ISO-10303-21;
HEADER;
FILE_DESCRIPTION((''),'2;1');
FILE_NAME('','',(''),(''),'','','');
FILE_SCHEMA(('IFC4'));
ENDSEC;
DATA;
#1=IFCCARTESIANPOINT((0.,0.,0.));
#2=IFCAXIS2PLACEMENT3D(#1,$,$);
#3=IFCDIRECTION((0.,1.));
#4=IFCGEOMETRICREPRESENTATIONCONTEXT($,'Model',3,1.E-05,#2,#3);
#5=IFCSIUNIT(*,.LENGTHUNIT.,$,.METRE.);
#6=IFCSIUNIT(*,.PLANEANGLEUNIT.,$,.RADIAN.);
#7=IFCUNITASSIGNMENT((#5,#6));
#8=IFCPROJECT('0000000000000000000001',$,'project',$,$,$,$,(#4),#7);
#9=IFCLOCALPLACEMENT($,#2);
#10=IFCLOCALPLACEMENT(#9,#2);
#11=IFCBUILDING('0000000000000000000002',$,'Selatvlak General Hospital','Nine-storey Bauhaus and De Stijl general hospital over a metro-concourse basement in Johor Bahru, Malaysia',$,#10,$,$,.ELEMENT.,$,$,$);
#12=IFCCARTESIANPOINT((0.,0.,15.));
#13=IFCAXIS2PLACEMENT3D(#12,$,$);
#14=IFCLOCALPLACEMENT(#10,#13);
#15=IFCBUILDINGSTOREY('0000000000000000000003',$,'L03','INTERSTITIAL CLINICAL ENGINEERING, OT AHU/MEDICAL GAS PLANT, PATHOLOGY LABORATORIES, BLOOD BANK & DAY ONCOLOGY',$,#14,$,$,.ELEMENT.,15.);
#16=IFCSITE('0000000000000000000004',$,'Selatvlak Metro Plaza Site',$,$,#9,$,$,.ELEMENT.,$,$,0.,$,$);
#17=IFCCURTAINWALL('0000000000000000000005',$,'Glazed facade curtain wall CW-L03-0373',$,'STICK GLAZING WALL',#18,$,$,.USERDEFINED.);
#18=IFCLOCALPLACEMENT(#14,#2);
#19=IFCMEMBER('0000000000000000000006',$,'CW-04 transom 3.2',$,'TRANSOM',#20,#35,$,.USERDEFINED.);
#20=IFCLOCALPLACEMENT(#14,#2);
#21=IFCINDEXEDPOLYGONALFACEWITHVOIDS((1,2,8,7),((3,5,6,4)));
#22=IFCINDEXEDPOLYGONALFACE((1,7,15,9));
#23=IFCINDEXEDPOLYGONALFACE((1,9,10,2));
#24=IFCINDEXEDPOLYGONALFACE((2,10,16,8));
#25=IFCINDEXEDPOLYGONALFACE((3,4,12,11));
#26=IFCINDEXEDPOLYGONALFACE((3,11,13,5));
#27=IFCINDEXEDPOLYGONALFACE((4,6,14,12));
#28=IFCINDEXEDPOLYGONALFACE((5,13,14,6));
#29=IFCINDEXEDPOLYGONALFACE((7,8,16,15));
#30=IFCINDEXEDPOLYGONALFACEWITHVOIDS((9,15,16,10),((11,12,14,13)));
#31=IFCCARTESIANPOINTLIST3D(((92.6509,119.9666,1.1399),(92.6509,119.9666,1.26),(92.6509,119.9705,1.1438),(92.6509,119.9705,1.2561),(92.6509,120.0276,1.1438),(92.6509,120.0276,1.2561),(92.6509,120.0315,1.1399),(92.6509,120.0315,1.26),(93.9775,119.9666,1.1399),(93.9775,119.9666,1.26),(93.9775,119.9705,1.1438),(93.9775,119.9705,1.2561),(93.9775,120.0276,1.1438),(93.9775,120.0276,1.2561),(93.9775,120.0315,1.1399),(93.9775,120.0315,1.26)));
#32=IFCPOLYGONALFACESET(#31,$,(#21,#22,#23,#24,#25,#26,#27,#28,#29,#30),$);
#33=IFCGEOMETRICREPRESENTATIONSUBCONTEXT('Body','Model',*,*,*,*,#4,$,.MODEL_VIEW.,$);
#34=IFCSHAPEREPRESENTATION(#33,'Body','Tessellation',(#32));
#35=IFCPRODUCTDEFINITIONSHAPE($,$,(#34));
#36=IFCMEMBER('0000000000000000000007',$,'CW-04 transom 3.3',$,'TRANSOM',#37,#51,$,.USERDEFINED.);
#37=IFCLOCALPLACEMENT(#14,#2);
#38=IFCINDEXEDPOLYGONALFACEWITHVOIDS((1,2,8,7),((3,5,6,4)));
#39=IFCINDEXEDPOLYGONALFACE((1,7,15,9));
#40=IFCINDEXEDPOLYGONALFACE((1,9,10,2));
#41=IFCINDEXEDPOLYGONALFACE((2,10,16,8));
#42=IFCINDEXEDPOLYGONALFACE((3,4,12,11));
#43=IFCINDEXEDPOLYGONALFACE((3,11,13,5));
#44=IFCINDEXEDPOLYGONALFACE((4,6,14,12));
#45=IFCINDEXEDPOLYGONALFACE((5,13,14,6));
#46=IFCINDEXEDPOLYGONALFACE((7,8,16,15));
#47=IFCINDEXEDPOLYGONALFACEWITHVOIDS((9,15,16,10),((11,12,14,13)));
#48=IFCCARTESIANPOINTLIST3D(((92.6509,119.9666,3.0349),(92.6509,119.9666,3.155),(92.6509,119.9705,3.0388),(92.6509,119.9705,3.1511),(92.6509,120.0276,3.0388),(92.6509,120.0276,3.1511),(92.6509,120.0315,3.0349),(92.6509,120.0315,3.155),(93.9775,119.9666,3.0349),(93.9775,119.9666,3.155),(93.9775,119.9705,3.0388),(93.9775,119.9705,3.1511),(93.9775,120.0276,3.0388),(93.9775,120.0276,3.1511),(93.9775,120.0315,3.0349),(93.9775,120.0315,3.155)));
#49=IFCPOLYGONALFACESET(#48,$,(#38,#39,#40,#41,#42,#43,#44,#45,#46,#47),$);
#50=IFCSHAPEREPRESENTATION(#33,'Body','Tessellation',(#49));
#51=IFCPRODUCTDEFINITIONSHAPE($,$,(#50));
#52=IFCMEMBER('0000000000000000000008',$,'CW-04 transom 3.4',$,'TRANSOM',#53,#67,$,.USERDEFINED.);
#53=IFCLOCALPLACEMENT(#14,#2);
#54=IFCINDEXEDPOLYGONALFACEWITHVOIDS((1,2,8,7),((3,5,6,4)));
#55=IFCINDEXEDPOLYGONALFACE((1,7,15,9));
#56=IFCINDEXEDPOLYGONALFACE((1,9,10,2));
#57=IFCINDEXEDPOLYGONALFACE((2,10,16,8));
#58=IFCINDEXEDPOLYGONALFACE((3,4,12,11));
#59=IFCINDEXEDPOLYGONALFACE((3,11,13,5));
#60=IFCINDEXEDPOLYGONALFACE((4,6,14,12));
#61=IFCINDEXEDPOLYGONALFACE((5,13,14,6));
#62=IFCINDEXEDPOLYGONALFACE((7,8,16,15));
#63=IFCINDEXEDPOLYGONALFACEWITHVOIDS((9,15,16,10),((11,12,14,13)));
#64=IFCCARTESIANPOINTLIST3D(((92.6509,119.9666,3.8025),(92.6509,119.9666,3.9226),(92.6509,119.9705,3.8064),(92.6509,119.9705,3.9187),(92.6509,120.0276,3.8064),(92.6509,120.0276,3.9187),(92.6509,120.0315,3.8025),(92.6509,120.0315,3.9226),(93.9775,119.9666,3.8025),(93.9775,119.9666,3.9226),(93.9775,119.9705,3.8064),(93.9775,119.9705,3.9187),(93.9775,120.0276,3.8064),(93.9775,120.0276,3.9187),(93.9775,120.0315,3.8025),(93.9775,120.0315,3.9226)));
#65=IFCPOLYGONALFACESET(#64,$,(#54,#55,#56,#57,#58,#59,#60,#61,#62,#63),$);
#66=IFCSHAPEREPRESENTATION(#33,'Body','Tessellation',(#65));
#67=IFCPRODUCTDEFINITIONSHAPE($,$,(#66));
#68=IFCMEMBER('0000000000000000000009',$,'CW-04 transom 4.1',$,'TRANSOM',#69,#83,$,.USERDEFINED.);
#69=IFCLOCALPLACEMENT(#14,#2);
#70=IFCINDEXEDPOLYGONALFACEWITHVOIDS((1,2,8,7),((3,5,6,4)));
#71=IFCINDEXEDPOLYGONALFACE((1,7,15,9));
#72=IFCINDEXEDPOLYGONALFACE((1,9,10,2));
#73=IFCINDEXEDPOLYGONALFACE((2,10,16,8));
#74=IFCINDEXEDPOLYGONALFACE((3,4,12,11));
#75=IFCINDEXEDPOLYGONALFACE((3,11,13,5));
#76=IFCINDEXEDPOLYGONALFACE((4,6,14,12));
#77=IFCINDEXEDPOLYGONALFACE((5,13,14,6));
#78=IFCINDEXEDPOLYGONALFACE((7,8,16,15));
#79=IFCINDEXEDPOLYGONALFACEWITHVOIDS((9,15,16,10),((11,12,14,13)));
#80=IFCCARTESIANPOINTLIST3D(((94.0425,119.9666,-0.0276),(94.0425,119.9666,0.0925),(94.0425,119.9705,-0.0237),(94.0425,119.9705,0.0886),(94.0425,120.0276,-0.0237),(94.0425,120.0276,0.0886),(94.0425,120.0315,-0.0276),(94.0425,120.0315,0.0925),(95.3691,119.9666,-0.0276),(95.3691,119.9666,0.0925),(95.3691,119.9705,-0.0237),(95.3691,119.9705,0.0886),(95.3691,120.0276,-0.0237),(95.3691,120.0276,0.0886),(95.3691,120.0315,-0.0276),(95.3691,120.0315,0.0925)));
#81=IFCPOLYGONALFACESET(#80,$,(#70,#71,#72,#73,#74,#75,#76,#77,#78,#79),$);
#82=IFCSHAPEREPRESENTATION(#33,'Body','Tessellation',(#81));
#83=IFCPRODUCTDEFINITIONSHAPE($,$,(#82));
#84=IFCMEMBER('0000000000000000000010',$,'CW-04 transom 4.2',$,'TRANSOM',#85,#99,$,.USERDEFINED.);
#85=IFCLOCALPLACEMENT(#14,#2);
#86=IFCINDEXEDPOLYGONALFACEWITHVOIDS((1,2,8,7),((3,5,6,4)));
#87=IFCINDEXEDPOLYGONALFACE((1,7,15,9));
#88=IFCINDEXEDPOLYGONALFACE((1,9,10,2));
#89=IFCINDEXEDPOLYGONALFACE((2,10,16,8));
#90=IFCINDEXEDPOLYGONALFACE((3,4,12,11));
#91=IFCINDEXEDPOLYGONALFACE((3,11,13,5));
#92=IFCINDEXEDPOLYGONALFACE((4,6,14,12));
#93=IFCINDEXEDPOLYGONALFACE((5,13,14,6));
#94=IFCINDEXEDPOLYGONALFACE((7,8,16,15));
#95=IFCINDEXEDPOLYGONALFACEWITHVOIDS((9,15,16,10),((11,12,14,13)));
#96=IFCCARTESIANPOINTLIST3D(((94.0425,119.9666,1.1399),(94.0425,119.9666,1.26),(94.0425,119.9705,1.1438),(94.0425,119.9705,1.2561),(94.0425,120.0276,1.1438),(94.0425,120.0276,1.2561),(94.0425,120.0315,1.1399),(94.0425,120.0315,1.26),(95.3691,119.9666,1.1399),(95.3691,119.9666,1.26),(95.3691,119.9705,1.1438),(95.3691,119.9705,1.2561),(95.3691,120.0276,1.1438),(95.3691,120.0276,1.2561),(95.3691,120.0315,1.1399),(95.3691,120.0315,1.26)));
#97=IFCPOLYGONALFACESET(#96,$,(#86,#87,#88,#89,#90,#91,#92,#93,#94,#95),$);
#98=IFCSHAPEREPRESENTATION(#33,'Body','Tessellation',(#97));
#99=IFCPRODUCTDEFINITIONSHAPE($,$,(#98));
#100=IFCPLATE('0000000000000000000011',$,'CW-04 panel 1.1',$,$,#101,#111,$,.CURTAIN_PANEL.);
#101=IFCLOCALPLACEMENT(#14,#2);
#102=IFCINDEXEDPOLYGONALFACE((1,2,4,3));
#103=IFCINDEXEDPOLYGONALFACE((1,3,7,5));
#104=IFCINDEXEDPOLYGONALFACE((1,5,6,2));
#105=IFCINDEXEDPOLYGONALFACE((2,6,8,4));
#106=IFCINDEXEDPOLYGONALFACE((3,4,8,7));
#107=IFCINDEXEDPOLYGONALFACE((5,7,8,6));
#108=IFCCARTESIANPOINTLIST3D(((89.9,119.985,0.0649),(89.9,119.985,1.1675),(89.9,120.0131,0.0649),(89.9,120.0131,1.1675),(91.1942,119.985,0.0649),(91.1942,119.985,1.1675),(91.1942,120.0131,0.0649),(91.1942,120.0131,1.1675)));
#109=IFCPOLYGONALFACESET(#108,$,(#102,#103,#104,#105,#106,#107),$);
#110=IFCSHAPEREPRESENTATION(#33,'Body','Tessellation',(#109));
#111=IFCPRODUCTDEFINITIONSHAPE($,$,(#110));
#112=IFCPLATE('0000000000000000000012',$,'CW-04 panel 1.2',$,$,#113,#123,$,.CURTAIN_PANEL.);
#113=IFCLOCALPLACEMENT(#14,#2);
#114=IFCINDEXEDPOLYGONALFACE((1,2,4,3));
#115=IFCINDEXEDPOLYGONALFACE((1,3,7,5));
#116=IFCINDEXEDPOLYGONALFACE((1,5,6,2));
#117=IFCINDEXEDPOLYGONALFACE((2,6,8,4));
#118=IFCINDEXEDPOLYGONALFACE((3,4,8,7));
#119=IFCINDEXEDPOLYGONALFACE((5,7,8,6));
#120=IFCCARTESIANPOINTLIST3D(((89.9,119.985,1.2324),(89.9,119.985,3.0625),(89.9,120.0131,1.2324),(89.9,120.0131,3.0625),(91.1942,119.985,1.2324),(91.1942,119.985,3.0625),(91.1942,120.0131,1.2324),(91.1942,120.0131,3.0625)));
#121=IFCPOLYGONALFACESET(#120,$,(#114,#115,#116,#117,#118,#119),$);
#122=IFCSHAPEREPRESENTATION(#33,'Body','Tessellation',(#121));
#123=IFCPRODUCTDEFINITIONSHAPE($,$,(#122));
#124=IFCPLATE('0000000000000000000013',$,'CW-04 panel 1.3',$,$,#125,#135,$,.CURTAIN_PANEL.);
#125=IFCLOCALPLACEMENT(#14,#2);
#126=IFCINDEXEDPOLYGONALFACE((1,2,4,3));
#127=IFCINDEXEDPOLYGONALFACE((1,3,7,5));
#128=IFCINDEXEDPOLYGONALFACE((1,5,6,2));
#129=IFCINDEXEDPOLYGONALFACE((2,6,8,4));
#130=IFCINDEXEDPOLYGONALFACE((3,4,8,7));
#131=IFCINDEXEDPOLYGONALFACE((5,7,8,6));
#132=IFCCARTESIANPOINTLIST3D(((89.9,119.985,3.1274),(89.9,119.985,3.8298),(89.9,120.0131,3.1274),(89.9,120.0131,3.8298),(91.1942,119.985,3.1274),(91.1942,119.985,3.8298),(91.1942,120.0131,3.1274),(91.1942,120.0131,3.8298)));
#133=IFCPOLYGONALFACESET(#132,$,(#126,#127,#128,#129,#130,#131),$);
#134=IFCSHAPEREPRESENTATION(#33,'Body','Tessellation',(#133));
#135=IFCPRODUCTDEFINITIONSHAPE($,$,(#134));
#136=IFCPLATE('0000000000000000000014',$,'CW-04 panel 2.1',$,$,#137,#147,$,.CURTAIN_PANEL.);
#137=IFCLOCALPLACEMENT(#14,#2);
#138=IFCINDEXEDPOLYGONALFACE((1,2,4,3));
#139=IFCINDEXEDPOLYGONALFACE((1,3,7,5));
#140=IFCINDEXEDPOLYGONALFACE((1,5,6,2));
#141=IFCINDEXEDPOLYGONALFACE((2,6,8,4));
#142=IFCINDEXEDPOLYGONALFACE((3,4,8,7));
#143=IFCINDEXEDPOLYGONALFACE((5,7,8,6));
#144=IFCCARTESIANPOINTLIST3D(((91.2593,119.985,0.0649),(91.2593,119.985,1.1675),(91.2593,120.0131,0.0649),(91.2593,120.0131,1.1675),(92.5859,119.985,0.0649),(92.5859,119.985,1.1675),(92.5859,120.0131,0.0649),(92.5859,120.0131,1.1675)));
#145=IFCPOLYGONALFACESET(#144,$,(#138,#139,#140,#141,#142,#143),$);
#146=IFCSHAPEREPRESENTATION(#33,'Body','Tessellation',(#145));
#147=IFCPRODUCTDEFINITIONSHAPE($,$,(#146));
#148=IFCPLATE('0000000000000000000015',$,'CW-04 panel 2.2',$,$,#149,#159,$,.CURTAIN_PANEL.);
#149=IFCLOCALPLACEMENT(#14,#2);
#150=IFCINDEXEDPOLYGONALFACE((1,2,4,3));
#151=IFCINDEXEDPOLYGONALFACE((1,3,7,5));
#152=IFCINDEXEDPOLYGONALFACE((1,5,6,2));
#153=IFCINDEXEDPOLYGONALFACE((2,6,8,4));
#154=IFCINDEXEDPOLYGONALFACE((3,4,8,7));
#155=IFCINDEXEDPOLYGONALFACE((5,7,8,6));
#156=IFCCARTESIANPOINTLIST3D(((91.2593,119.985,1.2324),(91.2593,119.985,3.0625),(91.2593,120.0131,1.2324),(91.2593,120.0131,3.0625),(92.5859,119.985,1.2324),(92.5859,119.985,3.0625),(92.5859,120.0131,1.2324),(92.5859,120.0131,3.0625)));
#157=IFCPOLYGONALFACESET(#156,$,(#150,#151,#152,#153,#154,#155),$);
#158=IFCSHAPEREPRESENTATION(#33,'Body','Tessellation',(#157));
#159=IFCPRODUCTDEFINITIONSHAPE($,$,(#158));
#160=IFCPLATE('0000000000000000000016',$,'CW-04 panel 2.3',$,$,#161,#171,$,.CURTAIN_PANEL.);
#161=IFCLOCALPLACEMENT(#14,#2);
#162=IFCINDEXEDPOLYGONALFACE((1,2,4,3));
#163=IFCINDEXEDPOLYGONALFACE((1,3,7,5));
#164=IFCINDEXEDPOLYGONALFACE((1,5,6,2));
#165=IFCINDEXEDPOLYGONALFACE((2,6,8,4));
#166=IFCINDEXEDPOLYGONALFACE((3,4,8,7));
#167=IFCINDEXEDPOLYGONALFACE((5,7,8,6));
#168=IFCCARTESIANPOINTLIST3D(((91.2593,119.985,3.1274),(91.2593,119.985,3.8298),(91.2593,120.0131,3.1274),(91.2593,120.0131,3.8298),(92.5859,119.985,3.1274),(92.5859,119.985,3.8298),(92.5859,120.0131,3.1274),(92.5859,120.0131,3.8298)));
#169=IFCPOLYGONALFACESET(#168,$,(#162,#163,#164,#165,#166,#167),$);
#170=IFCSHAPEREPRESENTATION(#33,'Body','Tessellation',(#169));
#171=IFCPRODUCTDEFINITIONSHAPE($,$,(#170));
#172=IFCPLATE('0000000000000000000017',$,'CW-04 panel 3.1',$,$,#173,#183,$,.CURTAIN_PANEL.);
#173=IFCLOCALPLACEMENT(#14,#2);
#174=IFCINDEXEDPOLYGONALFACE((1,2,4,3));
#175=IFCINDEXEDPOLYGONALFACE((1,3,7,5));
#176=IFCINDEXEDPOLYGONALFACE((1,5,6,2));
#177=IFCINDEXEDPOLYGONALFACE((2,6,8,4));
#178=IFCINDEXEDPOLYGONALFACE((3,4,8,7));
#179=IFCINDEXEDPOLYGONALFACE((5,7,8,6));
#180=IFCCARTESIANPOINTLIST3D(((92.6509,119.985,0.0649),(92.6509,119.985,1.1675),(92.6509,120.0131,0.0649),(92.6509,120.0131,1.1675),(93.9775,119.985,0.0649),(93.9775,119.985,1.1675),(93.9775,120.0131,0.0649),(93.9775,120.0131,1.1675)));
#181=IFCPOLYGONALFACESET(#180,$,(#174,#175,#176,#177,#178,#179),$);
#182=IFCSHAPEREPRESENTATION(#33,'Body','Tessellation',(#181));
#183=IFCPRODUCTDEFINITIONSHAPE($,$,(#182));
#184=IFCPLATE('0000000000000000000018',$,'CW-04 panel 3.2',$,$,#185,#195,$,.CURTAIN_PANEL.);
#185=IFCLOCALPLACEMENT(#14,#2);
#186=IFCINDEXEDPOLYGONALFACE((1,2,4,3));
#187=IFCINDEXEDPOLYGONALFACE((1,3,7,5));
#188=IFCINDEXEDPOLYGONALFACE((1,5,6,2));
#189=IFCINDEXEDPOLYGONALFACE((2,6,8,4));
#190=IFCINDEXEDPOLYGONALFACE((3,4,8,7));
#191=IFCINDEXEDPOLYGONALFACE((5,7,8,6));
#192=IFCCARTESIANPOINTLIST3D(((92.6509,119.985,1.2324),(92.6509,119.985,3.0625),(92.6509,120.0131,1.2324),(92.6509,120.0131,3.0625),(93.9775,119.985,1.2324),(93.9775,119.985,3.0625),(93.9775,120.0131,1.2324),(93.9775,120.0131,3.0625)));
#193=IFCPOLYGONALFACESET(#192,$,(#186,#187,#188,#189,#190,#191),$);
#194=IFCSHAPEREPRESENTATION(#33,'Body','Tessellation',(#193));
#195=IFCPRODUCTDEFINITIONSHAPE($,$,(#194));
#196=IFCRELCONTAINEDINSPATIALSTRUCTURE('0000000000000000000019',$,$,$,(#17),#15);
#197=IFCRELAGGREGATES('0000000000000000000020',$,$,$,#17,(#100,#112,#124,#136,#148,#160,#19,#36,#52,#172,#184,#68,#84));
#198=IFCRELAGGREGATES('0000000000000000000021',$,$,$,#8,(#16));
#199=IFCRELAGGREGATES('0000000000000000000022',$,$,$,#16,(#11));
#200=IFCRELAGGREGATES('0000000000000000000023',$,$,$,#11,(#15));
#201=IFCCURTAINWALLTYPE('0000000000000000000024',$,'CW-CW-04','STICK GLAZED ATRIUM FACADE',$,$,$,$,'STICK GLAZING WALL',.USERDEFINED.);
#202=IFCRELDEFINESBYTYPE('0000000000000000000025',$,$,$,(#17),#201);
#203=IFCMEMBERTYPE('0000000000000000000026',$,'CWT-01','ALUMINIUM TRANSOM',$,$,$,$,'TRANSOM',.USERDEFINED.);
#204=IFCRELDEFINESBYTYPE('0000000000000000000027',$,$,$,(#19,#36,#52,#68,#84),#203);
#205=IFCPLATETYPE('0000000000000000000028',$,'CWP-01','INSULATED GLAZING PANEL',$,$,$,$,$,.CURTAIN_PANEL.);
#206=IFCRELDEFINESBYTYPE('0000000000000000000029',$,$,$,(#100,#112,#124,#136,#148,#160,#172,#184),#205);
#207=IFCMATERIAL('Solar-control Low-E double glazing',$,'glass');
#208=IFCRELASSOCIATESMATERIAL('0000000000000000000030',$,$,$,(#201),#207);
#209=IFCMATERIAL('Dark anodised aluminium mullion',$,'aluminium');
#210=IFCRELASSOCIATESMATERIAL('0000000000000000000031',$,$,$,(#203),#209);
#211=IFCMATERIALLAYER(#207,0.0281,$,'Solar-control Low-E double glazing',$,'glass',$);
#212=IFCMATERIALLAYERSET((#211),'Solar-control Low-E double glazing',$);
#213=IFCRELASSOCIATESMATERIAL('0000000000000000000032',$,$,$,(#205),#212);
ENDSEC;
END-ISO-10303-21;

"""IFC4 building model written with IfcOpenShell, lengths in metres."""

from ifc_helpers import new_model, si_unit, direction, frame, origin, origin_2d, place, context, subcontext, project, spatial, rectangle, hollow_rectangle, extrude, material, layer, layer_set, material_profile, profile_set, type_object, element, aggregate, save


model = new_model("IFC4")

# Units and contexts
model_context = context("Model", 3, precision=1e-05, world=origin(), true_north=direction((0.0, 1.0)))
body_context = subcontext(model_context, "Body", "Model", "MODEL_VIEW")
ifc_project = project(units=[si_unit("LENGTHUNIT", "METRE"), si_unit("PLANEANGLEUNIT", "RADIAN")], contexts=[model_context])

# Site, building, storey
site_placement = place(None, origin())
site = spatial("IfcSite", under=ifc_project, at=site_placement, Name="Selatvlak Metro Plaza Site", CompositionType="ELEMENT", RefElevation=0.0)
building_placement = place(site_placement, origin())
building = spatial("IfcBuilding", under=site, at=building_placement, Name="Selatvlak General Hospital", Description="Nine-storey Bauhaus and De Stijl general hospital over a metro-concourse basement in Johor Bahru, Malaysia", CompositionType="ELEMENT")
storey_placement = place(building_placement, frame((0.0, 0.0, 15.0)))
storey = spatial("IfcBuildingStorey", under=building, at=storey_placement, Name="L03", Description="INTERSTITIAL CLINICAL ENGINEERING, OT AHU/MEDICAL GAS PLANT, PATHOLOGY LABORATORIES, BLOOD BANK & DAY ONCOLOGY", CompositionType="ELEMENT", Elevation=15.0)

# Curtain wall, members, plates
ifc_material_1 = material(Name="Solar-control Low-E double glazing", Category="glass")
curtain_wall_type = type_object("IfcCurtainWallType", Name="CW-CW-04", Description="STICK GLAZED ATRIUM FACADE", ElementType="STICK GLAZING WALL", PredefinedType="USERDEFINED", material=ifc_material_1)
curtain_wall_placement = place(storey_placement, origin())
curtain_wall = element("IfcCurtainWall", 1, at=curtain_wall_placement, inside=storey, type_object=curtain_wall_type, Name="Glazed facade curtain wall CW-L03-0373", ObjectType="STICK GLAZING WALL", PredefinedType="USERDEFINED")
ifc_material_2 = material(Name="Dark anodised aluminium mullion", Category="aluminium")
ifc_material_profile_1 = material_profile(ifc_material_2, hollow_rectangle(XDim=0.0649, YDim=0.1201, WallThickness=0.0039, at=origin_2d()), Name="AL-TRN 65x120x4")
ifc_profile_set_1 = profile_set([ifc_material_profile_1], Name="Dark anodised aluminium mullion")
member_type_1 = type_object("IfcMemberType", Name="CWT-01", Description="ALUMINIUM TRANSOM", ElementType="TRANSOM", PredefinedType="USERDEFINED", material=ifc_profile_set_1)
member_1_placement = place(storey_placement, frame((92.6509, 119.999, 1.2), z_axis=(1.0, 0.0, 0.0), x_axis=(0.0, 1.0, 0.0)))
member_1 = element("IfcMember", 2, at=member_1_placement, type_object=member_type_1, Name="CW-04 transom 3.2", ObjectType="TRANSOM", PredefinedType="USERDEFINED", context=body_context, shape_type="SweptSolid", body=[
    extrude(hollow_rectangle(XDim=0.0649, YDim=0.1201, WallThickness=0.0039, at=origin_2d()), origin(), (0.0, 0.0, 1.0), 1.3267),
])
member_2_placement = place(storey_placement, frame((92.6509, 119.999, 3.095), z_axis=(1.0, 0.0, 0.0), x_axis=(0.0, 1.0, 0.0)))
member_2 = element("IfcMember", 3, at=member_2_placement, type_object=member_type_1, Name="CW-04 transom 3.3", ObjectType="TRANSOM", PredefinedType="USERDEFINED", context=body_context, shape_type="SweptSolid", body=[
    extrude(hollow_rectangle(XDim=0.0649, YDim=0.1201, WallThickness=0.0039, at=origin_2d()), origin(), (0.0, 0.0, 1.0), 1.3267),
])
member_3_placement = place(storey_placement, frame((92.6509, 119.999, 3.8625), z_axis=(1.0, 0.0, 0.0), x_axis=(0.0, 1.0, 0.0)))
member_3 = element("IfcMember", 4, at=member_3_placement, type_object=member_type_1, Name="CW-04 transom 3.4", ObjectType="TRANSOM", PredefinedType="USERDEFINED", context=body_context, shape_type="SweptSolid", body=[
    extrude(hollow_rectangle(XDim=0.0649, YDim=0.1201, WallThickness=0.0039, at=origin_2d()), origin(), (0.0, 0.0, 1.0), 1.3267),
])
member_4_placement = place(storey_placement, frame((94.0425, 119.999, 0.0325), z_axis=(1.0, 0.0, 0.0), x_axis=(0.0, 1.0, 0.0)))
member_4 = element("IfcMember", 5, at=member_4_placement, type_object=member_type_1, Name="CW-04 transom 4.1", ObjectType="TRANSOM", PredefinedType="USERDEFINED", context=body_context, shape_type="SweptSolid", body=[
    extrude(hollow_rectangle(XDim=0.0649, YDim=0.1201, WallThickness=0.0039, at=origin_2d()), origin(), (0.0, 0.0, 1.0), 1.3267),
])
member_5_placement = place(storey_placement, frame((94.0425, 119.999, 1.2), z_axis=(1.0, 0.0, 0.0), x_axis=(0.0, 1.0, 0.0)))
member_5 = element("IfcMember", 6, at=member_5_placement, type_object=member_type_1, Name="CW-04 transom 4.2", ObjectType="TRANSOM", PredefinedType="USERDEFINED", context=body_context, shape_type="SweptSolid", body=[
    extrude(hollow_rectangle(XDim=0.0649, YDim=0.1201, WallThickness=0.0039, at=origin_2d()), origin(), (0.0, 0.0, 1.0), 1.3267),
])
ifc_layer_1 = layer(ifc_material_1, 0.0281, Name="Solar-control Low-E double glazing", Category="glass")
ifc_layer_set_1 = layer_set([ifc_layer_1], Name="Solar-control Low-E double glazing")
plate_type = type_object("IfcPlateType", Name="CWP-01", Description="INSULATED GLAZING PANEL", PredefinedType="CURTAIN_PANEL", material=ifc_layer_set_1)
plate_1_placement = place(storey_placement, frame((90.5471, 119.999, 0.0649), z_axis=(0.0, 0.0, 1.0), x_axis=(1.0, 0.0, 0.0)))
plate_1 = element("IfcPlate", 7, at=plate_1_placement, type_object=plate_type, Name="CW-04 panel 1.1", PredefinedType="CURTAIN_PANEL", context=body_context, shape_type="SweptSolid", body=[
    extrude(rectangle(XDim=1.2942, YDim=0.0281, at=origin_2d()), origin(), (0.0, 0.0, 1.0), 1.1025),
])
plate_2_placement = place(storey_placement, frame((90.5471, 119.999, 1.2324), z_axis=(0.0, 0.0, 1.0), x_axis=(1.0, 0.0, 0.0)))
plate_2 = element("IfcPlate", 8, at=plate_2_placement, type_object=plate_type, Name="CW-04 panel 1.2", PredefinedType="CURTAIN_PANEL", context=body_context, shape_type="SweptSolid", body=[
    extrude(rectangle(XDim=1.2942, YDim=0.0281, at=origin_2d()), origin(), (0.0, 0.0, 1.0), 1.8301),
])
plate_3_placement = place(storey_placement, frame((90.5471, 119.999, 3.1274), z_axis=(0.0, 0.0, 1.0), x_axis=(1.0, 0.0, 0.0)))
plate_3 = element("IfcPlate", 9, at=plate_3_placement, type_object=plate_type, Name="CW-04 panel 1.3", PredefinedType="CURTAIN_PANEL", context=body_context, shape_type="SweptSolid", body=[
    extrude(rectangle(XDim=1.2942, YDim=0.0281, at=origin_2d()), origin(), (0.0, 0.0, 1.0), 0.7024),
])
plate_4_placement = place(storey_placement, frame((91.9226, 119.999, 0.0649), z_axis=(0.0, 0.0, 1.0), x_axis=(1.0, 0.0, 0.0)))
plate_4 = element("IfcPlate", 10, at=plate_4_placement, type_object=plate_type, Name="CW-04 panel 2.1", PredefinedType="CURTAIN_PANEL", context=body_context, shape_type="SweptSolid", body=[
    extrude(rectangle(XDim=1.3267, YDim=0.0281, at=origin_2d()), origin(), (0.0, 0.0, 1.0), 1.1025),
])
plate_5_placement = place(storey_placement, frame((91.9226, 119.999, 1.2324), z_axis=(0.0, 0.0, 1.0), x_axis=(1.0, 0.0, 0.0)))
plate_5 = element("IfcPlate", 11, at=plate_5_placement, type_object=plate_type, Name="CW-04 panel 2.2", PredefinedType="CURTAIN_PANEL", context=body_context, shape_type="SweptSolid", body=[
    extrude(rectangle(XDim=1.3267, YDim=0.0281, at=origin_2d()), origin(), (0.0, 0.0, 1.0), 1.8301),
])
plate_6_placement = place(storey_placement, frame((91.9226, 119.999, 3.1274), z_axis=(0.0, 0.0, 1.0), x_axis=(1.0, 0.0, 0.0)))
plate_6 = element("IfcPlate", 12, at=plate_6_placement, type_object=plate_type, Name="CW-04 panel 2.3", PredefinedType="CURTAIN_PANEL", context=body_context, shape_type="SweptSolid", body=[
    extrude(rectangle(XDim=1.3267, YDim=0.0281, at=origin_2d()), origin(), (0.0, 0.0, 1.0), 0.7024),
])
plate_7_placement = place(storey_placement, frame((93.3142, 119.999, 0.0649), z_axis=(0.0, 0.0, 1.0), x_axis=(1.0, 0.0, 0.0)))
plate_7 = element("IfcPlate", 13, at=plate_7_placement, type_object=plate_type, Name="CW-04 panel 3.1", PredefinedType="CURTAIN_PANEL", context=body_context, shape_type="SweptSolid", body=[
    extrude(rectangle(XDim=1.3267, YDim=0.0281, at=origin_2d()), origin(), (0.0, 0.0, 1.0), 1.1025),
])
plate_8_placement = place(storey_placement, frame((93.3142, 119.999, 1.2324), z_axis=(0.0, 0.0, 1.0), x_axis=(1.0, 0.0, 0.0)))
plate_8 = element("IfcPlate", 14, at=plate_8_placement, type_object=plate_type, Name="CW-04 panel 3.2", PredefinedType="CURTAIN_PANEL", context=body_context, shape_type="SweptSolid", body=[
    extrude(rectangle(XDim=1.3267, YDim=0.0281, at=origin_2d()), origin(), (0.0, 0.0, 1.0), 1.8301),
])
aggregate(curtain_wall, [plate_1, plate_2, plate_3, plate_4, plate_5, plate_6, member_1, member_2, member_3, plate_7, plate_8, member_4, member_5])

save(model, "model.ifc")
